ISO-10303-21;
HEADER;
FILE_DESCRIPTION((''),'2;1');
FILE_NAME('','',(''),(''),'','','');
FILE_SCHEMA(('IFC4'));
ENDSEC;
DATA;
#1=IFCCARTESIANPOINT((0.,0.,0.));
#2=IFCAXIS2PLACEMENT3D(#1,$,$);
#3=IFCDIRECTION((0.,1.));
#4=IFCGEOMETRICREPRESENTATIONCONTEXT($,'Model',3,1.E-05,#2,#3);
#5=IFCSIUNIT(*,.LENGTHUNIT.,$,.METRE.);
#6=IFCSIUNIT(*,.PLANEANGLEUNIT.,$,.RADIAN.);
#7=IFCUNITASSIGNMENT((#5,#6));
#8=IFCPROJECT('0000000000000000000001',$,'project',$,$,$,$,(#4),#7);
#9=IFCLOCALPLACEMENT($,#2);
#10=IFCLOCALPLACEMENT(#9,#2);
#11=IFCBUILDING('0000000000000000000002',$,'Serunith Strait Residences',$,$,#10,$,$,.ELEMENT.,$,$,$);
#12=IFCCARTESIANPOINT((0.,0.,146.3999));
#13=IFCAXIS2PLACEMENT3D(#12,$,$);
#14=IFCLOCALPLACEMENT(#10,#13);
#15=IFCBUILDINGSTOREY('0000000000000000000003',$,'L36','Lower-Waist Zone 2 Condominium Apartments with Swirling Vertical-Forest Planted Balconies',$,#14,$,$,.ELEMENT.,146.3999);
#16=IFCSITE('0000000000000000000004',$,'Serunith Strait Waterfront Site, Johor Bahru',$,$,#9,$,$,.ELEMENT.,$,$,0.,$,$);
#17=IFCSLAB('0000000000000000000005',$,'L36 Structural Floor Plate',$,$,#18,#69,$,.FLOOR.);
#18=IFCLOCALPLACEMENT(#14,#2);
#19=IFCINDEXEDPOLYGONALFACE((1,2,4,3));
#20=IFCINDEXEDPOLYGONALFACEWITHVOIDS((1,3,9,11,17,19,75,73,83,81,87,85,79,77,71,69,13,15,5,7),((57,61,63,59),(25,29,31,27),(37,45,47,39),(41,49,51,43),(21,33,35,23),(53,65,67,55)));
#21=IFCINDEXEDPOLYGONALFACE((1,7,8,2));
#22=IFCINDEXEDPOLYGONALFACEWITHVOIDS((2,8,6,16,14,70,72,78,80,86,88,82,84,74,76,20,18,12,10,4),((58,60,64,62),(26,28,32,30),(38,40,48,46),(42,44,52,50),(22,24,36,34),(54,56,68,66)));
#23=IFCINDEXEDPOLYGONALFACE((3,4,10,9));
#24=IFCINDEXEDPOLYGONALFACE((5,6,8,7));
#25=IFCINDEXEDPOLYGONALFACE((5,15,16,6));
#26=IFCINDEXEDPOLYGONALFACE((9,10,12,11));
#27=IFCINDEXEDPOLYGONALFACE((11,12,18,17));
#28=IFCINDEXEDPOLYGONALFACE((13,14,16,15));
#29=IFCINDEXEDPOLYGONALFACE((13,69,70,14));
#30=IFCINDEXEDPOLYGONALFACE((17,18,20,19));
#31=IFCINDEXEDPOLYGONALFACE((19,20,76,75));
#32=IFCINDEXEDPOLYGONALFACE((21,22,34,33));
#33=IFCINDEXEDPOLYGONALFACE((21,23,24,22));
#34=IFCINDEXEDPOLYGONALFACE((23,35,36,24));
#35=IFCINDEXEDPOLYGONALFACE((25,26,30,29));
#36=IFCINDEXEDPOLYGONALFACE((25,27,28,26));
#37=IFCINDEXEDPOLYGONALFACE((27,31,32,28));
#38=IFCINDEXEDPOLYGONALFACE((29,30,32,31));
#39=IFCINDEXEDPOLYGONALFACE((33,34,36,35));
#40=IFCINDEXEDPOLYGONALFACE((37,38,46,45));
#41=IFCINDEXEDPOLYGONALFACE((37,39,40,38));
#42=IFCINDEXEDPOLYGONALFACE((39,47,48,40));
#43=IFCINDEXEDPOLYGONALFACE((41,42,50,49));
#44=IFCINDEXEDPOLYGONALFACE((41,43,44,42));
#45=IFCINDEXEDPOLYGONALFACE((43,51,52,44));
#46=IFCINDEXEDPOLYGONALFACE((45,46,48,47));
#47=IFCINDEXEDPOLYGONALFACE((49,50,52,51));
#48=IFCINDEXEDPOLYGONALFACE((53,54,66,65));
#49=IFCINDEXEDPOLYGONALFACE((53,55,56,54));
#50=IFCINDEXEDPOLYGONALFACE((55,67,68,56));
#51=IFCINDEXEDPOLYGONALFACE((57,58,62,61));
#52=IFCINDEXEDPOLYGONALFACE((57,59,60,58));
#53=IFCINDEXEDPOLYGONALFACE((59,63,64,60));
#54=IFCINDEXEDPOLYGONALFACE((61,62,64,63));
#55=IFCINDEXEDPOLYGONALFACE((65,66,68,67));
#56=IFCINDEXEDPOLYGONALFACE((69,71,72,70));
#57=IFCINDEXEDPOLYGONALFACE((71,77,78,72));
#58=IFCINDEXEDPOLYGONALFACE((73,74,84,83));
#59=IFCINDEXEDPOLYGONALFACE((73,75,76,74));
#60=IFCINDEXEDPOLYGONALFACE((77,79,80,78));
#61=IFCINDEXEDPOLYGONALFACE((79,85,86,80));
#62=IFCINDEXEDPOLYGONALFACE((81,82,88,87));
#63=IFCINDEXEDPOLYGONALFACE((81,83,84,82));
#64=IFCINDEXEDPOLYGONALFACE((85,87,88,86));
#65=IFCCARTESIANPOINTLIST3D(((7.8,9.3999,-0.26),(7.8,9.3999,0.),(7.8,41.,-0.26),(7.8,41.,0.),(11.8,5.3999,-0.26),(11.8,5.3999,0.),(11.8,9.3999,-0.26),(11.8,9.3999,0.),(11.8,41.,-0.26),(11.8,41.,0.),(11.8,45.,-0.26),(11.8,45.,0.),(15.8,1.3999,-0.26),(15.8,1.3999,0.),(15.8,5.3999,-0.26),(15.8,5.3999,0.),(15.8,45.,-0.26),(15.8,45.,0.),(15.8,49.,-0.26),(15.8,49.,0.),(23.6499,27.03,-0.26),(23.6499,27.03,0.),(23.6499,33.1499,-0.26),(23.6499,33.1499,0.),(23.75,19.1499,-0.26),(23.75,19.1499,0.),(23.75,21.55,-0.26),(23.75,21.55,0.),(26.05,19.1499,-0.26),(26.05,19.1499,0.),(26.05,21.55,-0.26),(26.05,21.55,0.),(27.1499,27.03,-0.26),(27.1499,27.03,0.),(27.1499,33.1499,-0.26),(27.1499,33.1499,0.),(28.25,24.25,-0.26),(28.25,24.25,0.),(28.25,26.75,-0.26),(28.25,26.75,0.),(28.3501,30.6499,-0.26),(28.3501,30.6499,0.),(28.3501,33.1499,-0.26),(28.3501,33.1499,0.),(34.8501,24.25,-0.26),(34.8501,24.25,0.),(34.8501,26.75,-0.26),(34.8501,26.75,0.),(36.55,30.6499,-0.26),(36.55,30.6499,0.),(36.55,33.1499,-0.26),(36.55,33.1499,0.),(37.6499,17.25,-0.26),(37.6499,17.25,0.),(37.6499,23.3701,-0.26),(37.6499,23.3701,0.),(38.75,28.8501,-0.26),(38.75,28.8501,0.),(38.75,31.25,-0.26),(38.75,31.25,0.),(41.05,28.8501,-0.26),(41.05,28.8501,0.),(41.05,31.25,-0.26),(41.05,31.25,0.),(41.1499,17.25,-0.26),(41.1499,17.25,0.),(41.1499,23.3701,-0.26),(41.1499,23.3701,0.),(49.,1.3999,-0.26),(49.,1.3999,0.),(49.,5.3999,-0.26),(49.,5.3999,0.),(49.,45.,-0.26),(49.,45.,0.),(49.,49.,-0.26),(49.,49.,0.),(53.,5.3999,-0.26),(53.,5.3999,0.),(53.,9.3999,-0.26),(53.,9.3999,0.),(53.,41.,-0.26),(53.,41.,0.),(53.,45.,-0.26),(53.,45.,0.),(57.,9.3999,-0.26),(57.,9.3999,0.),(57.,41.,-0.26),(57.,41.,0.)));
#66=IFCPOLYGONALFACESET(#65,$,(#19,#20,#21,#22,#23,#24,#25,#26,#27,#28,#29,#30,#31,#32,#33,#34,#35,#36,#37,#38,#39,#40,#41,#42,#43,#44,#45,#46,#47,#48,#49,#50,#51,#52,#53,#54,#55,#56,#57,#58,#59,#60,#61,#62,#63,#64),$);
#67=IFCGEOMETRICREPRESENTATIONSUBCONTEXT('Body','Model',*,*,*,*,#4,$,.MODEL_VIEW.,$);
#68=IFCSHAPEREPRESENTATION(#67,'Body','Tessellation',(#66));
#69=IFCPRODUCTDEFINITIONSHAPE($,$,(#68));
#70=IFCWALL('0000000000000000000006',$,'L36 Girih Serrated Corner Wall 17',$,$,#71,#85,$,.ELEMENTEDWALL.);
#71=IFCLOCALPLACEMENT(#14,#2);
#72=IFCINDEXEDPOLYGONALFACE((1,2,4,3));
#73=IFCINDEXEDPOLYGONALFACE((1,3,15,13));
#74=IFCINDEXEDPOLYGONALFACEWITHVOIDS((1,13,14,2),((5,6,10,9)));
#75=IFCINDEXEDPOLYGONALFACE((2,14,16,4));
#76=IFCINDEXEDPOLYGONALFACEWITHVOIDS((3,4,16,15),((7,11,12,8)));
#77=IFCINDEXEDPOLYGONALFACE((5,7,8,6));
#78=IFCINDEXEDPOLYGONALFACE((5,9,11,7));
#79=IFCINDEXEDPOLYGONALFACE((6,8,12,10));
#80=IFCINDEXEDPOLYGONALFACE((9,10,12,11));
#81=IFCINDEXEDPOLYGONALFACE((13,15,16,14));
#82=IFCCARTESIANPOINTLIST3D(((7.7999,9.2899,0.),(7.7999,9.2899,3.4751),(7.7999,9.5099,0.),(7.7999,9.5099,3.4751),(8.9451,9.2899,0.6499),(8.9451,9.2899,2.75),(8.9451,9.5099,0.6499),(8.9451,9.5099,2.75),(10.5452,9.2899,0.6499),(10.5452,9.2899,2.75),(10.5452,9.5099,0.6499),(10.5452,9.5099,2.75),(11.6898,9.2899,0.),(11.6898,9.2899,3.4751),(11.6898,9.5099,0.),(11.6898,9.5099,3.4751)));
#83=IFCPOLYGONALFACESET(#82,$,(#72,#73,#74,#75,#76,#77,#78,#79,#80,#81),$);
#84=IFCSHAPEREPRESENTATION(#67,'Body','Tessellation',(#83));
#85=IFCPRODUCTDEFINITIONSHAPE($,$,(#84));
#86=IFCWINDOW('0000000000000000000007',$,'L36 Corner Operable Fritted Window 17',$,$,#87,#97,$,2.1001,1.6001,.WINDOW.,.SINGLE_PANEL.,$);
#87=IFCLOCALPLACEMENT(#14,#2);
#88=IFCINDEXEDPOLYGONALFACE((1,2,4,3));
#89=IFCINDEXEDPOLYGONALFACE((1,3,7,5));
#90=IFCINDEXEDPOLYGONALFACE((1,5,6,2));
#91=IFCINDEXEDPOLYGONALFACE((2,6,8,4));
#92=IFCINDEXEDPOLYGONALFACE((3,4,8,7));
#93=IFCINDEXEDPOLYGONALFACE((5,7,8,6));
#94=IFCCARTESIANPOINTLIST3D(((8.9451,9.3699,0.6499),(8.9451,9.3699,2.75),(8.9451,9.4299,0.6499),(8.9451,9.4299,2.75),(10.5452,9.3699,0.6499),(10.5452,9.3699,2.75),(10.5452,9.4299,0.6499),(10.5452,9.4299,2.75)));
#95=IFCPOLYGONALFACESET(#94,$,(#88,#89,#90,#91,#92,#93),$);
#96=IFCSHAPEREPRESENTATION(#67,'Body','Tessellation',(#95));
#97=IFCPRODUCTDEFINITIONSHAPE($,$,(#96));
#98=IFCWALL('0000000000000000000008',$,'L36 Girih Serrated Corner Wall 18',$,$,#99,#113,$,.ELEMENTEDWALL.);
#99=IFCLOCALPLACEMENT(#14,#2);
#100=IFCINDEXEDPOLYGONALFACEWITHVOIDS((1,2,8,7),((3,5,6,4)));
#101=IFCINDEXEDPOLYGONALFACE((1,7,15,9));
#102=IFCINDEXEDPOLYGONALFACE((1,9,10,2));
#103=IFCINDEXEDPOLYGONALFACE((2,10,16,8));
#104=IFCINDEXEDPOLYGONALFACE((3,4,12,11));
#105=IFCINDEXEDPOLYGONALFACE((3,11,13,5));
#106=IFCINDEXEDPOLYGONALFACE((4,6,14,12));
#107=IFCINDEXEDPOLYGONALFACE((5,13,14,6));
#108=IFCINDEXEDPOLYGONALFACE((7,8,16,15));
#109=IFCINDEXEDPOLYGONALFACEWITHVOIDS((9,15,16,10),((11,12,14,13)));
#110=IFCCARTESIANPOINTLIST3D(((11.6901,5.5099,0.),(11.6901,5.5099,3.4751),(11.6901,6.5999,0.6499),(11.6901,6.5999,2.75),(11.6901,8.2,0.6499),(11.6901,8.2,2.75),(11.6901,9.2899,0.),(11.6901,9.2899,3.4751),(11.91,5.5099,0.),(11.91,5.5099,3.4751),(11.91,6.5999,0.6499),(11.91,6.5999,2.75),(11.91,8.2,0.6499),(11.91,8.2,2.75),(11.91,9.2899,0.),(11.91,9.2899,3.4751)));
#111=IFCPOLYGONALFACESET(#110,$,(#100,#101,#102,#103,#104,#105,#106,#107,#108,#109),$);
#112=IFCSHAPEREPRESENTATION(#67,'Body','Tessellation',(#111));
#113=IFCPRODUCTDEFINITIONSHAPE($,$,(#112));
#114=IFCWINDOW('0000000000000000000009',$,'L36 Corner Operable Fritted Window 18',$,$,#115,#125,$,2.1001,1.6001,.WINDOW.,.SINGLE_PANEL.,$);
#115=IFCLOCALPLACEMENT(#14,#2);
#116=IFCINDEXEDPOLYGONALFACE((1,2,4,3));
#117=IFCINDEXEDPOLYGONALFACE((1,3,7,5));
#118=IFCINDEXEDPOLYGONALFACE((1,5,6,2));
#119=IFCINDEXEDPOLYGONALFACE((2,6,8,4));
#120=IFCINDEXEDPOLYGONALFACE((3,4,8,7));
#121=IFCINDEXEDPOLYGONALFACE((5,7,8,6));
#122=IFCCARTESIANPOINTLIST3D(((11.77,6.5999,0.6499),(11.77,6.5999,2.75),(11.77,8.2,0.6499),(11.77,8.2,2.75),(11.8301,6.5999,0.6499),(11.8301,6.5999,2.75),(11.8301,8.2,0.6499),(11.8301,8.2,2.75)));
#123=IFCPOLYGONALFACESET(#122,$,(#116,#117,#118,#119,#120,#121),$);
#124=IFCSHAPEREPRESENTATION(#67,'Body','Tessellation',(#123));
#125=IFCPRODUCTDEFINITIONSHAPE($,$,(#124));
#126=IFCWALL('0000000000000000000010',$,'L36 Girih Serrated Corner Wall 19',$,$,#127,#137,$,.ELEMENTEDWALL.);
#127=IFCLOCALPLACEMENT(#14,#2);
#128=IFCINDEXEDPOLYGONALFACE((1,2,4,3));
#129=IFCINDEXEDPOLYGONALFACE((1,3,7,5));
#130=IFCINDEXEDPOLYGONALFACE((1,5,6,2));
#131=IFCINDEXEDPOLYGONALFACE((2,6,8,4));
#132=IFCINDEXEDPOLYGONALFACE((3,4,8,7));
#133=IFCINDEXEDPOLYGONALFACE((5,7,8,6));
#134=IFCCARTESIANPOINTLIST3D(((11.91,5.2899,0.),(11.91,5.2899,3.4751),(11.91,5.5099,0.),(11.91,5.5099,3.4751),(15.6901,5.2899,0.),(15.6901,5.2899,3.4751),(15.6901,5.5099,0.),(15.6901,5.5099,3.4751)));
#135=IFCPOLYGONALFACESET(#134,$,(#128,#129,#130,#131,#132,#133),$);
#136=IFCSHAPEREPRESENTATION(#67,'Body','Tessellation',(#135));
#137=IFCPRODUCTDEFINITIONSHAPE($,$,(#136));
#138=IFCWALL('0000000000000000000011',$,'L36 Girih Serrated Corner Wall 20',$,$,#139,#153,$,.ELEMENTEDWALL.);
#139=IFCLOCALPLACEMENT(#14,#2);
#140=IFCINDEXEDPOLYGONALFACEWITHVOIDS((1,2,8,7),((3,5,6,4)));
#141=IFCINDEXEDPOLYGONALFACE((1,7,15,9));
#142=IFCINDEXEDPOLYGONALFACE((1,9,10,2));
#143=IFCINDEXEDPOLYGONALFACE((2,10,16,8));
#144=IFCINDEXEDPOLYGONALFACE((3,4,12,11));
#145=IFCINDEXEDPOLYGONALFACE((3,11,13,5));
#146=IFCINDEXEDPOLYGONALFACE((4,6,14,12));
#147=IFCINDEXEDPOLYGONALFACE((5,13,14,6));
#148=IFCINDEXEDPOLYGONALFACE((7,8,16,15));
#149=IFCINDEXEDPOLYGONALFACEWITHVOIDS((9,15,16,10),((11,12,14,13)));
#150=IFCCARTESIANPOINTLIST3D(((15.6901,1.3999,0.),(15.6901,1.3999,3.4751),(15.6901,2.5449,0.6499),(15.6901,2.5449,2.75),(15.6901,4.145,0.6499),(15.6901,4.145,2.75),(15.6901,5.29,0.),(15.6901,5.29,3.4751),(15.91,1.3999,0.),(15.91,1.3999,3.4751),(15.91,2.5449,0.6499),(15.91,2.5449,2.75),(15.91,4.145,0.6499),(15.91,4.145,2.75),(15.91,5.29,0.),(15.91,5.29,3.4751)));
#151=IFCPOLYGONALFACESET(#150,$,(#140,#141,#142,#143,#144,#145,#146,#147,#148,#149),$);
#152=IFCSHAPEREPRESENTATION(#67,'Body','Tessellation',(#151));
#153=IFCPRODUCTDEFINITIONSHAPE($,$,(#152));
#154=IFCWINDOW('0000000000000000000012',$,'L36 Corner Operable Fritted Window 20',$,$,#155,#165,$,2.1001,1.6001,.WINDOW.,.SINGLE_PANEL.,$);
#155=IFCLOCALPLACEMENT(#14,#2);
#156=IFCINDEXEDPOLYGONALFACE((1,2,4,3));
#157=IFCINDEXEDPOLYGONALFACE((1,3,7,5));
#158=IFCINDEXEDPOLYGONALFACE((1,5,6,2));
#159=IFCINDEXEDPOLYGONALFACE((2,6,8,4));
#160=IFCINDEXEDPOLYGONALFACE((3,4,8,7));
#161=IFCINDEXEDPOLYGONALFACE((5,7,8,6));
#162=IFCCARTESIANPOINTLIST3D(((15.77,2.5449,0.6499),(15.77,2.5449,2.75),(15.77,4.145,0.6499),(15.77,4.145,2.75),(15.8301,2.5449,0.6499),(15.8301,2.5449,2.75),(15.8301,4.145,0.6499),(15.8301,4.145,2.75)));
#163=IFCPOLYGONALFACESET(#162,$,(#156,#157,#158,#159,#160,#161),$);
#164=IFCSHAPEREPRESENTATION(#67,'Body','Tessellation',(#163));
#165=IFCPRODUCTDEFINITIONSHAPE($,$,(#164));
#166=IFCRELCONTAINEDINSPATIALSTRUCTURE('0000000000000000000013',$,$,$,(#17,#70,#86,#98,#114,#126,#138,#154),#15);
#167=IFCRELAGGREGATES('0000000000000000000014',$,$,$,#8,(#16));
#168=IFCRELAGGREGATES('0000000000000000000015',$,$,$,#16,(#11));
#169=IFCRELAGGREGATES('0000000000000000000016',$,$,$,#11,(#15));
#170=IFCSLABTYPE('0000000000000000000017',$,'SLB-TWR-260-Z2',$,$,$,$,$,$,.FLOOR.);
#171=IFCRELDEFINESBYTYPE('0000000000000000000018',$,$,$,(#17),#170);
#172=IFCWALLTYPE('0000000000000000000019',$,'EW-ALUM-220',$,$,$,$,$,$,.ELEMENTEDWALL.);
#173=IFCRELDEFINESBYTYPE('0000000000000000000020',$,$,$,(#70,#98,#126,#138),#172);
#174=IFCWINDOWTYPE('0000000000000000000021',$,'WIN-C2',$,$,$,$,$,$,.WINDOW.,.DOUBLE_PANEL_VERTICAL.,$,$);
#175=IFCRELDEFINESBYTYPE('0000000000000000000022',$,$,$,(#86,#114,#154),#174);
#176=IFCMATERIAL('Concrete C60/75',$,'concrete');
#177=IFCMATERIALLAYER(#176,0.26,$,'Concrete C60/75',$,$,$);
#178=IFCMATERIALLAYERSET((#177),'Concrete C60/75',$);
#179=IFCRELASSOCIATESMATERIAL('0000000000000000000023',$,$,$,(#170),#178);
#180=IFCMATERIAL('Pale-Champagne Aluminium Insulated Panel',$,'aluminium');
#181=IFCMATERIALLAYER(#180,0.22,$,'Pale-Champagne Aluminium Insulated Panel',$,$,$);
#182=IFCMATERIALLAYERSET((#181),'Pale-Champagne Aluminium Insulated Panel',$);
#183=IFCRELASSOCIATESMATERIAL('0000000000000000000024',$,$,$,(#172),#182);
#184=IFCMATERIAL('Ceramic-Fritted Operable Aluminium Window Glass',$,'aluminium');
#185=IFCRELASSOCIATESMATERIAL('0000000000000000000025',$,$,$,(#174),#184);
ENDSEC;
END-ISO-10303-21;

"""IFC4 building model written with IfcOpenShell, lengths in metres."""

from ifc_helpers import new_model, si_unit, direction, frame, frame_2d, origin, place, context, subcontext, project, spatial, polyline, rectangle, outline, extrude, source, transform, mapped, material, layer, layer_set, type_object, element, fill, save


model = new_model("IFC4")

# Units and contexts
model_context = context("Model", 3, precision=1e-05, world=origin(), true_north=direction((0.0, 1.0)))
body_context = subcontext(model_context, "Body", "Model", "MODEL_VIEW")
ifc_project = project(units=[si_unit("LENGTHUNIT", "METRE"), si_unit("PLANEANGLEUNIT", "RADIAN")], contexts=[model_context])

# Site, building, storey
site_placement = place(None, origin())
site = spatial("IfcSite", under=ifc_project, at=site_placement, Name="Serunith Strait Waterfront Site, Johor Bahru", CompositionType="ELEMENT", RefElevation=0.0)
building_placement = place(site_placement, origin())
building = spatial("IfcBuilding", under=site, at=building_placement, Name="Serunith Strait Residences", CompositionType="ELEMENT")
storey_placement = place(building_placement, frame((0.0, 0.0, 146.3999)))
storey = spatial("IfcBuildingStorey", under=building, at=storey_placement, Name="L36", Description="Lower-Waist Zone 2 Condominium Apartments with Swirling Vertical-Forest Planted Balconies", CompositionType="ELEMENT", Elevation=146.3999)

# Slab
ifc_material_1 = material(Name="Concrete C60/75", Category="concrete")
ifc_layer_1 = layer(ifc_material_1, 0.26, Name="Concrete C60/75")
ifc_layer_set_1 = layer_set([ifc_layer_1], Name="Concrete C60/75")
slab_type_1 = type_object("IfcSlabType", Name="SLB-TWR-260-Z2", PredefinedType="FLOOR", material=ifc_layer_set_1)
slab_1_placement = place(storey_placement, frame((0.0, 0.0, -0.26)))
element("IfcSlab", 1, at=slab_1_placement, inside=storey, type_object=slab_type_1, Name="L36 Structural Floor Plate", PredefinedType="FLOOR", context=body_context, shape_type="SweptSolid", body=[
    extrude(outline(polyline([(15.8, 5.3999), (11.8, 5.3999), (11.8, 9.3999), (7.8, 9.3999), (7.8, 41.0), (11.8, 41.0), (11.8, 45.0), (15.8, 45.0), (15.8, 49.0), (49.0, 49.0), (49.0, 45.0), (53.0, 45.0), (53.0, 41.0), (57.0, 41.0), (57.0, 9.3999), (53.0, 9.3999), (53.0, 5.3999), (49.0, 5.3999), (49.0, 1.3999), (15.8, 1.3999), (15.8, 5.3999)]), holes=[polyline([(41.1499, 23.3701), (37.6499, 23.3701), (37.6499, 17.25), (41.1499, 17.25), (41.1499, 23.3701)]), polyline([(38.75, 31.25), (38.75, 28.8501), (41.05, 28.8501), (41.05, 31.25), (38.75, 31.25)]), polyline([(36.55, 33.1499), (28.3501, 33.1499), (28.3501, 30.6499), (36.55, 30.6499), (36.55, 33.1499)]), polyline([(34.8501, 26.75), (28.25, 26.75), (28.25, 24.25), (34.8501, 24.25), (34.8501, 26.75)]), polyline([(23.6499, 33.1499), (23.6499, 27.03), (27.1499, 27.03), (27.1499, 33.1499), (23.6499, 33.1499)]), polyline([(26.05, 21.55), (23.75, 21.55), (23.75, 19.1499), (26.05, 19.1499), (26.05, 21.55)])]), origin(), (0.0, 0.0, 1.0), 0.26),
])

# Walls, openings, windows
ifc_material_2 = material(Name="Pale-Champagne Aluminium Insulated Panel", Category="aluminium")
ifc_layer_2 = layer(ifc_material_2, 0.22, Name="Pale-Champagne Aluminium Insulated Panel")
ifc_layer_set_2 = layer_set([ifc_layer_2], Name="Pale-Champagne Aluminium Insulated Panel")
wall_type_1 = type_object("IfcWallType", Name="EW-ALUM-220", PredefinedType="ELEMENTEDWALL", material=ifc_layer_set_2)
wall_1_placement = place(storey_placement, frame((7.8, 9.3999, 0.0), z_axis=(0.0, 0.0, 1.0), x_axis=(1.0, 0.0, 0.0)))
wall_1 = element("IfcWall", 2, at=wall_1_placement, inside=storey, type_object=wall_type_1, Name="L36 Girih Serrated Corner Wall 17", PredefinedType="ELEMENTEDWALL", context=body_context, shape_type="SweptSolid", body=[
    extrude(rectangle(XDim=3.8899, YDim=0.22, at=frame_2d((1.9448, 0.0))), origin(), (0.0, 0.0, 1.0), 3.4751),
])
opening_1_placement = place(wall_1_placement, frame((1.145, 0.0, 0.6499)))
opening_1 = element("IfcOpeningElement", 3, at=opening_1_placement, cuts=wall_1, PredefinedType="OPENING", context=body_context, shape_type="SweptSolid", body=[
    extrude(rectangle(XDim=1.6001, YDim=2.1001, at=frame_2d((0.8, 1.05))), frame((0.0, 0.1201, 0.0), z_axis=(0.0, -1.0, 0.0), x_axis=(1.0, 0.0, 0.0)), (0.0, 0.0, 1.0), 0.24),
])
ifc_material_3 = material(Name="Ceramic-Fritted Operable Aluminium Window Glass", Category="aluminium")
window_type = type_object("IfcWindowType", Name="WIN-C2", PartitioningType="DOUBLE_PANEL_VERTICAL", PredefinedType="WINDOW", material=ifc_material_3)
shared_shape_1 = source(origin(), body_context, "Body", "SweptSolid", [
    extrude(rectangle(XDim=1.6001, YDim=2.1001, at=frame_2d((0.8, 1.05))), frame((0.0, 0.03, 0.0), z_axis=(0.0, -1.0, 0.0), x_axis=(1.0, 0.0, 0.0)), (0.0, 0.0, 1.0), 0.0601),
])
window_1_placement = place(opening_1_placement, origin())
window_1 = element("IfcWindow", 4, at=window_1_placement, inside=storey, type_object=window_type, Name="L36 Corner Operable Fritted Window 17", OverallHeight=2.1001, OverallWidth=1.6001, PartitioningType="SINGLE_PANEL", PredefinedType="WINDOW", context=body_context, shape_type="MappedRepresentation", body=[
    mapped(shared_shape_1, transform((0.0, 0.0, 0.0), scale=1.0)),
])
fill(opening_1, window_1)
wall_2_placement = place(storey_placement, frame((11.8, 9.29, 0.0), z_axis=(0.0, 0.0, 1.0), x_axis=(0.0, -1.0, 0.0)))
wall_2 = element("IfcWall", 5, at=wall_2_placement, inside=storey, type_object=wall_type_1, Name="L36 Girih Serrated Corner Wall 18", PredefinedType="ELEMENTEDWALL", context=body_context, shape_type="SweptSolid", body=[
    extrude(rectangle(XDim=3.78, YDim=0.22, at=frame_2d((1.8901, 0.0))), origin(), (0.0, 0.0, 1.0), 3.4751),
])
opening_2_placement = place(wall_2_placement, frame((1.0901, 0.0, 0.6499)))
opening_2 = element("IfcOpeningElement", 6, at=opening_2_placement, cuts=wall_2, PredefinedType="OPENING", context=body_context, shape_type="SweptSolid", body=[
    extrude(rectangle(XDim=1.6001, YDim=2.1001, at=frame_2d((0.8, 1.05))), frame((0.0, 0.1201, 0.0), z_axis=(0.0, -1.0, 0.0), x_axis=(1.0, 0.0, 0.0)), (0.0, 0.0, 1.0), 0.24),
])
window_2_placement = place(opening_2_placement, origin())
window_2 = element("IfcWindow", 7, at=window_2_placement, inside=storey, type_object=window_type, Name="L36 Corner Operable Fritted Window 18", OverallHeight=2.1001, OverallWidth=1.6001, PartitioningType="SINGLE_PANEL", PredefinedType="WINDOW", context=body_context, shape_type="MappedRepresentation", body=[
    mapped(shared_shape_1, transform((0.0, 0.0, 0.0), scale=1.0)),
])
fill(opening_2, window_2)

# Wall
wall_3_placement = place(storey_placement, frame((11.9099, 5.3999, 0.0), z_axis=(0.0, 0.0, 1.0), x_axis=(1.0, 0.0, 0.0)))
element("IfcWall", 8, at=wall_3_placement, inside=storey, type_object=wall_type_1, Name="L36 Girih Serrated Corner Wall 19", PredefinedType="ELEMENTEDWALL", context=body_context, shape_type="SweptSolid", body=[
    extrude(rectangle(XDim=3.78, YDim=0.22, at=frame_2d((1.8901, 0.0))), origin(), (0.0, 0.0, 1.0), 3.4751),
])

# Wall, opening, window
wall_4_placement = place(storey_placement, frame((15.8, 5.29, 0.0), z_axis=(0.0, 0.0, 1.0), x_axis=(0.0, -1.0, 0.0)))
wall_4 = element("IfcWall", 9, at=wall_4_placement, inside=storey, type_object=wall_type_1, Name="L36 Girih Serrated Corner Wall 20", PredefinedType="ELEMENTEDWALL", context=body_context, shape_type="SweptSolid", body=[
    extrude(rectangle(XDim=3.8901, YDim=0.22, at=frame_2d((1.9451, 0.0))), origin(), (0.0, 0.0, 1.0), 3.4751),
])
opening_3_placement = place(wall_4_placement, frame((1.145, 0.0, 0.6499)))
opening_3 = element("IfcOpeningElement", 10, at=opening_3_placement, cuts=wall_4, PredefinedType="OPENING", context=body_context, shape_type="SweptSolid", body=[
    extrude(rectangle(XDim=1.6001, YDim=2.1001, at=frame_2d((0.8, 1.05))), frame((0.0, 0.1201, 0.0), z_axis=(0.0, -1.0, 0.0), x_axis=(1.0, 0.0, 0.0)), (0.0, 0.0, 1.0), 0.24),
])
window_3_placement = place(opening_3_placement, origin())
window_3 = element("IfcWindow", 11, at=window_3_placement, inside=storey, type_object=window_type, Name="L36 Corner Operable Fritted Window 20", OverallHeight=2.1001, OverallWidth=1.6001, PartitioningType="SINGLE_PANEL", PredefinedType="WINDOW", context=body_context, shape_type="MappedRepresentation", body=[
    mapped(shared_shape_1, transform((0.0, 0.0, 0.0), scale=1.0)),
])
fill(opening_3, window_3)

save(model, "model.ifc")
